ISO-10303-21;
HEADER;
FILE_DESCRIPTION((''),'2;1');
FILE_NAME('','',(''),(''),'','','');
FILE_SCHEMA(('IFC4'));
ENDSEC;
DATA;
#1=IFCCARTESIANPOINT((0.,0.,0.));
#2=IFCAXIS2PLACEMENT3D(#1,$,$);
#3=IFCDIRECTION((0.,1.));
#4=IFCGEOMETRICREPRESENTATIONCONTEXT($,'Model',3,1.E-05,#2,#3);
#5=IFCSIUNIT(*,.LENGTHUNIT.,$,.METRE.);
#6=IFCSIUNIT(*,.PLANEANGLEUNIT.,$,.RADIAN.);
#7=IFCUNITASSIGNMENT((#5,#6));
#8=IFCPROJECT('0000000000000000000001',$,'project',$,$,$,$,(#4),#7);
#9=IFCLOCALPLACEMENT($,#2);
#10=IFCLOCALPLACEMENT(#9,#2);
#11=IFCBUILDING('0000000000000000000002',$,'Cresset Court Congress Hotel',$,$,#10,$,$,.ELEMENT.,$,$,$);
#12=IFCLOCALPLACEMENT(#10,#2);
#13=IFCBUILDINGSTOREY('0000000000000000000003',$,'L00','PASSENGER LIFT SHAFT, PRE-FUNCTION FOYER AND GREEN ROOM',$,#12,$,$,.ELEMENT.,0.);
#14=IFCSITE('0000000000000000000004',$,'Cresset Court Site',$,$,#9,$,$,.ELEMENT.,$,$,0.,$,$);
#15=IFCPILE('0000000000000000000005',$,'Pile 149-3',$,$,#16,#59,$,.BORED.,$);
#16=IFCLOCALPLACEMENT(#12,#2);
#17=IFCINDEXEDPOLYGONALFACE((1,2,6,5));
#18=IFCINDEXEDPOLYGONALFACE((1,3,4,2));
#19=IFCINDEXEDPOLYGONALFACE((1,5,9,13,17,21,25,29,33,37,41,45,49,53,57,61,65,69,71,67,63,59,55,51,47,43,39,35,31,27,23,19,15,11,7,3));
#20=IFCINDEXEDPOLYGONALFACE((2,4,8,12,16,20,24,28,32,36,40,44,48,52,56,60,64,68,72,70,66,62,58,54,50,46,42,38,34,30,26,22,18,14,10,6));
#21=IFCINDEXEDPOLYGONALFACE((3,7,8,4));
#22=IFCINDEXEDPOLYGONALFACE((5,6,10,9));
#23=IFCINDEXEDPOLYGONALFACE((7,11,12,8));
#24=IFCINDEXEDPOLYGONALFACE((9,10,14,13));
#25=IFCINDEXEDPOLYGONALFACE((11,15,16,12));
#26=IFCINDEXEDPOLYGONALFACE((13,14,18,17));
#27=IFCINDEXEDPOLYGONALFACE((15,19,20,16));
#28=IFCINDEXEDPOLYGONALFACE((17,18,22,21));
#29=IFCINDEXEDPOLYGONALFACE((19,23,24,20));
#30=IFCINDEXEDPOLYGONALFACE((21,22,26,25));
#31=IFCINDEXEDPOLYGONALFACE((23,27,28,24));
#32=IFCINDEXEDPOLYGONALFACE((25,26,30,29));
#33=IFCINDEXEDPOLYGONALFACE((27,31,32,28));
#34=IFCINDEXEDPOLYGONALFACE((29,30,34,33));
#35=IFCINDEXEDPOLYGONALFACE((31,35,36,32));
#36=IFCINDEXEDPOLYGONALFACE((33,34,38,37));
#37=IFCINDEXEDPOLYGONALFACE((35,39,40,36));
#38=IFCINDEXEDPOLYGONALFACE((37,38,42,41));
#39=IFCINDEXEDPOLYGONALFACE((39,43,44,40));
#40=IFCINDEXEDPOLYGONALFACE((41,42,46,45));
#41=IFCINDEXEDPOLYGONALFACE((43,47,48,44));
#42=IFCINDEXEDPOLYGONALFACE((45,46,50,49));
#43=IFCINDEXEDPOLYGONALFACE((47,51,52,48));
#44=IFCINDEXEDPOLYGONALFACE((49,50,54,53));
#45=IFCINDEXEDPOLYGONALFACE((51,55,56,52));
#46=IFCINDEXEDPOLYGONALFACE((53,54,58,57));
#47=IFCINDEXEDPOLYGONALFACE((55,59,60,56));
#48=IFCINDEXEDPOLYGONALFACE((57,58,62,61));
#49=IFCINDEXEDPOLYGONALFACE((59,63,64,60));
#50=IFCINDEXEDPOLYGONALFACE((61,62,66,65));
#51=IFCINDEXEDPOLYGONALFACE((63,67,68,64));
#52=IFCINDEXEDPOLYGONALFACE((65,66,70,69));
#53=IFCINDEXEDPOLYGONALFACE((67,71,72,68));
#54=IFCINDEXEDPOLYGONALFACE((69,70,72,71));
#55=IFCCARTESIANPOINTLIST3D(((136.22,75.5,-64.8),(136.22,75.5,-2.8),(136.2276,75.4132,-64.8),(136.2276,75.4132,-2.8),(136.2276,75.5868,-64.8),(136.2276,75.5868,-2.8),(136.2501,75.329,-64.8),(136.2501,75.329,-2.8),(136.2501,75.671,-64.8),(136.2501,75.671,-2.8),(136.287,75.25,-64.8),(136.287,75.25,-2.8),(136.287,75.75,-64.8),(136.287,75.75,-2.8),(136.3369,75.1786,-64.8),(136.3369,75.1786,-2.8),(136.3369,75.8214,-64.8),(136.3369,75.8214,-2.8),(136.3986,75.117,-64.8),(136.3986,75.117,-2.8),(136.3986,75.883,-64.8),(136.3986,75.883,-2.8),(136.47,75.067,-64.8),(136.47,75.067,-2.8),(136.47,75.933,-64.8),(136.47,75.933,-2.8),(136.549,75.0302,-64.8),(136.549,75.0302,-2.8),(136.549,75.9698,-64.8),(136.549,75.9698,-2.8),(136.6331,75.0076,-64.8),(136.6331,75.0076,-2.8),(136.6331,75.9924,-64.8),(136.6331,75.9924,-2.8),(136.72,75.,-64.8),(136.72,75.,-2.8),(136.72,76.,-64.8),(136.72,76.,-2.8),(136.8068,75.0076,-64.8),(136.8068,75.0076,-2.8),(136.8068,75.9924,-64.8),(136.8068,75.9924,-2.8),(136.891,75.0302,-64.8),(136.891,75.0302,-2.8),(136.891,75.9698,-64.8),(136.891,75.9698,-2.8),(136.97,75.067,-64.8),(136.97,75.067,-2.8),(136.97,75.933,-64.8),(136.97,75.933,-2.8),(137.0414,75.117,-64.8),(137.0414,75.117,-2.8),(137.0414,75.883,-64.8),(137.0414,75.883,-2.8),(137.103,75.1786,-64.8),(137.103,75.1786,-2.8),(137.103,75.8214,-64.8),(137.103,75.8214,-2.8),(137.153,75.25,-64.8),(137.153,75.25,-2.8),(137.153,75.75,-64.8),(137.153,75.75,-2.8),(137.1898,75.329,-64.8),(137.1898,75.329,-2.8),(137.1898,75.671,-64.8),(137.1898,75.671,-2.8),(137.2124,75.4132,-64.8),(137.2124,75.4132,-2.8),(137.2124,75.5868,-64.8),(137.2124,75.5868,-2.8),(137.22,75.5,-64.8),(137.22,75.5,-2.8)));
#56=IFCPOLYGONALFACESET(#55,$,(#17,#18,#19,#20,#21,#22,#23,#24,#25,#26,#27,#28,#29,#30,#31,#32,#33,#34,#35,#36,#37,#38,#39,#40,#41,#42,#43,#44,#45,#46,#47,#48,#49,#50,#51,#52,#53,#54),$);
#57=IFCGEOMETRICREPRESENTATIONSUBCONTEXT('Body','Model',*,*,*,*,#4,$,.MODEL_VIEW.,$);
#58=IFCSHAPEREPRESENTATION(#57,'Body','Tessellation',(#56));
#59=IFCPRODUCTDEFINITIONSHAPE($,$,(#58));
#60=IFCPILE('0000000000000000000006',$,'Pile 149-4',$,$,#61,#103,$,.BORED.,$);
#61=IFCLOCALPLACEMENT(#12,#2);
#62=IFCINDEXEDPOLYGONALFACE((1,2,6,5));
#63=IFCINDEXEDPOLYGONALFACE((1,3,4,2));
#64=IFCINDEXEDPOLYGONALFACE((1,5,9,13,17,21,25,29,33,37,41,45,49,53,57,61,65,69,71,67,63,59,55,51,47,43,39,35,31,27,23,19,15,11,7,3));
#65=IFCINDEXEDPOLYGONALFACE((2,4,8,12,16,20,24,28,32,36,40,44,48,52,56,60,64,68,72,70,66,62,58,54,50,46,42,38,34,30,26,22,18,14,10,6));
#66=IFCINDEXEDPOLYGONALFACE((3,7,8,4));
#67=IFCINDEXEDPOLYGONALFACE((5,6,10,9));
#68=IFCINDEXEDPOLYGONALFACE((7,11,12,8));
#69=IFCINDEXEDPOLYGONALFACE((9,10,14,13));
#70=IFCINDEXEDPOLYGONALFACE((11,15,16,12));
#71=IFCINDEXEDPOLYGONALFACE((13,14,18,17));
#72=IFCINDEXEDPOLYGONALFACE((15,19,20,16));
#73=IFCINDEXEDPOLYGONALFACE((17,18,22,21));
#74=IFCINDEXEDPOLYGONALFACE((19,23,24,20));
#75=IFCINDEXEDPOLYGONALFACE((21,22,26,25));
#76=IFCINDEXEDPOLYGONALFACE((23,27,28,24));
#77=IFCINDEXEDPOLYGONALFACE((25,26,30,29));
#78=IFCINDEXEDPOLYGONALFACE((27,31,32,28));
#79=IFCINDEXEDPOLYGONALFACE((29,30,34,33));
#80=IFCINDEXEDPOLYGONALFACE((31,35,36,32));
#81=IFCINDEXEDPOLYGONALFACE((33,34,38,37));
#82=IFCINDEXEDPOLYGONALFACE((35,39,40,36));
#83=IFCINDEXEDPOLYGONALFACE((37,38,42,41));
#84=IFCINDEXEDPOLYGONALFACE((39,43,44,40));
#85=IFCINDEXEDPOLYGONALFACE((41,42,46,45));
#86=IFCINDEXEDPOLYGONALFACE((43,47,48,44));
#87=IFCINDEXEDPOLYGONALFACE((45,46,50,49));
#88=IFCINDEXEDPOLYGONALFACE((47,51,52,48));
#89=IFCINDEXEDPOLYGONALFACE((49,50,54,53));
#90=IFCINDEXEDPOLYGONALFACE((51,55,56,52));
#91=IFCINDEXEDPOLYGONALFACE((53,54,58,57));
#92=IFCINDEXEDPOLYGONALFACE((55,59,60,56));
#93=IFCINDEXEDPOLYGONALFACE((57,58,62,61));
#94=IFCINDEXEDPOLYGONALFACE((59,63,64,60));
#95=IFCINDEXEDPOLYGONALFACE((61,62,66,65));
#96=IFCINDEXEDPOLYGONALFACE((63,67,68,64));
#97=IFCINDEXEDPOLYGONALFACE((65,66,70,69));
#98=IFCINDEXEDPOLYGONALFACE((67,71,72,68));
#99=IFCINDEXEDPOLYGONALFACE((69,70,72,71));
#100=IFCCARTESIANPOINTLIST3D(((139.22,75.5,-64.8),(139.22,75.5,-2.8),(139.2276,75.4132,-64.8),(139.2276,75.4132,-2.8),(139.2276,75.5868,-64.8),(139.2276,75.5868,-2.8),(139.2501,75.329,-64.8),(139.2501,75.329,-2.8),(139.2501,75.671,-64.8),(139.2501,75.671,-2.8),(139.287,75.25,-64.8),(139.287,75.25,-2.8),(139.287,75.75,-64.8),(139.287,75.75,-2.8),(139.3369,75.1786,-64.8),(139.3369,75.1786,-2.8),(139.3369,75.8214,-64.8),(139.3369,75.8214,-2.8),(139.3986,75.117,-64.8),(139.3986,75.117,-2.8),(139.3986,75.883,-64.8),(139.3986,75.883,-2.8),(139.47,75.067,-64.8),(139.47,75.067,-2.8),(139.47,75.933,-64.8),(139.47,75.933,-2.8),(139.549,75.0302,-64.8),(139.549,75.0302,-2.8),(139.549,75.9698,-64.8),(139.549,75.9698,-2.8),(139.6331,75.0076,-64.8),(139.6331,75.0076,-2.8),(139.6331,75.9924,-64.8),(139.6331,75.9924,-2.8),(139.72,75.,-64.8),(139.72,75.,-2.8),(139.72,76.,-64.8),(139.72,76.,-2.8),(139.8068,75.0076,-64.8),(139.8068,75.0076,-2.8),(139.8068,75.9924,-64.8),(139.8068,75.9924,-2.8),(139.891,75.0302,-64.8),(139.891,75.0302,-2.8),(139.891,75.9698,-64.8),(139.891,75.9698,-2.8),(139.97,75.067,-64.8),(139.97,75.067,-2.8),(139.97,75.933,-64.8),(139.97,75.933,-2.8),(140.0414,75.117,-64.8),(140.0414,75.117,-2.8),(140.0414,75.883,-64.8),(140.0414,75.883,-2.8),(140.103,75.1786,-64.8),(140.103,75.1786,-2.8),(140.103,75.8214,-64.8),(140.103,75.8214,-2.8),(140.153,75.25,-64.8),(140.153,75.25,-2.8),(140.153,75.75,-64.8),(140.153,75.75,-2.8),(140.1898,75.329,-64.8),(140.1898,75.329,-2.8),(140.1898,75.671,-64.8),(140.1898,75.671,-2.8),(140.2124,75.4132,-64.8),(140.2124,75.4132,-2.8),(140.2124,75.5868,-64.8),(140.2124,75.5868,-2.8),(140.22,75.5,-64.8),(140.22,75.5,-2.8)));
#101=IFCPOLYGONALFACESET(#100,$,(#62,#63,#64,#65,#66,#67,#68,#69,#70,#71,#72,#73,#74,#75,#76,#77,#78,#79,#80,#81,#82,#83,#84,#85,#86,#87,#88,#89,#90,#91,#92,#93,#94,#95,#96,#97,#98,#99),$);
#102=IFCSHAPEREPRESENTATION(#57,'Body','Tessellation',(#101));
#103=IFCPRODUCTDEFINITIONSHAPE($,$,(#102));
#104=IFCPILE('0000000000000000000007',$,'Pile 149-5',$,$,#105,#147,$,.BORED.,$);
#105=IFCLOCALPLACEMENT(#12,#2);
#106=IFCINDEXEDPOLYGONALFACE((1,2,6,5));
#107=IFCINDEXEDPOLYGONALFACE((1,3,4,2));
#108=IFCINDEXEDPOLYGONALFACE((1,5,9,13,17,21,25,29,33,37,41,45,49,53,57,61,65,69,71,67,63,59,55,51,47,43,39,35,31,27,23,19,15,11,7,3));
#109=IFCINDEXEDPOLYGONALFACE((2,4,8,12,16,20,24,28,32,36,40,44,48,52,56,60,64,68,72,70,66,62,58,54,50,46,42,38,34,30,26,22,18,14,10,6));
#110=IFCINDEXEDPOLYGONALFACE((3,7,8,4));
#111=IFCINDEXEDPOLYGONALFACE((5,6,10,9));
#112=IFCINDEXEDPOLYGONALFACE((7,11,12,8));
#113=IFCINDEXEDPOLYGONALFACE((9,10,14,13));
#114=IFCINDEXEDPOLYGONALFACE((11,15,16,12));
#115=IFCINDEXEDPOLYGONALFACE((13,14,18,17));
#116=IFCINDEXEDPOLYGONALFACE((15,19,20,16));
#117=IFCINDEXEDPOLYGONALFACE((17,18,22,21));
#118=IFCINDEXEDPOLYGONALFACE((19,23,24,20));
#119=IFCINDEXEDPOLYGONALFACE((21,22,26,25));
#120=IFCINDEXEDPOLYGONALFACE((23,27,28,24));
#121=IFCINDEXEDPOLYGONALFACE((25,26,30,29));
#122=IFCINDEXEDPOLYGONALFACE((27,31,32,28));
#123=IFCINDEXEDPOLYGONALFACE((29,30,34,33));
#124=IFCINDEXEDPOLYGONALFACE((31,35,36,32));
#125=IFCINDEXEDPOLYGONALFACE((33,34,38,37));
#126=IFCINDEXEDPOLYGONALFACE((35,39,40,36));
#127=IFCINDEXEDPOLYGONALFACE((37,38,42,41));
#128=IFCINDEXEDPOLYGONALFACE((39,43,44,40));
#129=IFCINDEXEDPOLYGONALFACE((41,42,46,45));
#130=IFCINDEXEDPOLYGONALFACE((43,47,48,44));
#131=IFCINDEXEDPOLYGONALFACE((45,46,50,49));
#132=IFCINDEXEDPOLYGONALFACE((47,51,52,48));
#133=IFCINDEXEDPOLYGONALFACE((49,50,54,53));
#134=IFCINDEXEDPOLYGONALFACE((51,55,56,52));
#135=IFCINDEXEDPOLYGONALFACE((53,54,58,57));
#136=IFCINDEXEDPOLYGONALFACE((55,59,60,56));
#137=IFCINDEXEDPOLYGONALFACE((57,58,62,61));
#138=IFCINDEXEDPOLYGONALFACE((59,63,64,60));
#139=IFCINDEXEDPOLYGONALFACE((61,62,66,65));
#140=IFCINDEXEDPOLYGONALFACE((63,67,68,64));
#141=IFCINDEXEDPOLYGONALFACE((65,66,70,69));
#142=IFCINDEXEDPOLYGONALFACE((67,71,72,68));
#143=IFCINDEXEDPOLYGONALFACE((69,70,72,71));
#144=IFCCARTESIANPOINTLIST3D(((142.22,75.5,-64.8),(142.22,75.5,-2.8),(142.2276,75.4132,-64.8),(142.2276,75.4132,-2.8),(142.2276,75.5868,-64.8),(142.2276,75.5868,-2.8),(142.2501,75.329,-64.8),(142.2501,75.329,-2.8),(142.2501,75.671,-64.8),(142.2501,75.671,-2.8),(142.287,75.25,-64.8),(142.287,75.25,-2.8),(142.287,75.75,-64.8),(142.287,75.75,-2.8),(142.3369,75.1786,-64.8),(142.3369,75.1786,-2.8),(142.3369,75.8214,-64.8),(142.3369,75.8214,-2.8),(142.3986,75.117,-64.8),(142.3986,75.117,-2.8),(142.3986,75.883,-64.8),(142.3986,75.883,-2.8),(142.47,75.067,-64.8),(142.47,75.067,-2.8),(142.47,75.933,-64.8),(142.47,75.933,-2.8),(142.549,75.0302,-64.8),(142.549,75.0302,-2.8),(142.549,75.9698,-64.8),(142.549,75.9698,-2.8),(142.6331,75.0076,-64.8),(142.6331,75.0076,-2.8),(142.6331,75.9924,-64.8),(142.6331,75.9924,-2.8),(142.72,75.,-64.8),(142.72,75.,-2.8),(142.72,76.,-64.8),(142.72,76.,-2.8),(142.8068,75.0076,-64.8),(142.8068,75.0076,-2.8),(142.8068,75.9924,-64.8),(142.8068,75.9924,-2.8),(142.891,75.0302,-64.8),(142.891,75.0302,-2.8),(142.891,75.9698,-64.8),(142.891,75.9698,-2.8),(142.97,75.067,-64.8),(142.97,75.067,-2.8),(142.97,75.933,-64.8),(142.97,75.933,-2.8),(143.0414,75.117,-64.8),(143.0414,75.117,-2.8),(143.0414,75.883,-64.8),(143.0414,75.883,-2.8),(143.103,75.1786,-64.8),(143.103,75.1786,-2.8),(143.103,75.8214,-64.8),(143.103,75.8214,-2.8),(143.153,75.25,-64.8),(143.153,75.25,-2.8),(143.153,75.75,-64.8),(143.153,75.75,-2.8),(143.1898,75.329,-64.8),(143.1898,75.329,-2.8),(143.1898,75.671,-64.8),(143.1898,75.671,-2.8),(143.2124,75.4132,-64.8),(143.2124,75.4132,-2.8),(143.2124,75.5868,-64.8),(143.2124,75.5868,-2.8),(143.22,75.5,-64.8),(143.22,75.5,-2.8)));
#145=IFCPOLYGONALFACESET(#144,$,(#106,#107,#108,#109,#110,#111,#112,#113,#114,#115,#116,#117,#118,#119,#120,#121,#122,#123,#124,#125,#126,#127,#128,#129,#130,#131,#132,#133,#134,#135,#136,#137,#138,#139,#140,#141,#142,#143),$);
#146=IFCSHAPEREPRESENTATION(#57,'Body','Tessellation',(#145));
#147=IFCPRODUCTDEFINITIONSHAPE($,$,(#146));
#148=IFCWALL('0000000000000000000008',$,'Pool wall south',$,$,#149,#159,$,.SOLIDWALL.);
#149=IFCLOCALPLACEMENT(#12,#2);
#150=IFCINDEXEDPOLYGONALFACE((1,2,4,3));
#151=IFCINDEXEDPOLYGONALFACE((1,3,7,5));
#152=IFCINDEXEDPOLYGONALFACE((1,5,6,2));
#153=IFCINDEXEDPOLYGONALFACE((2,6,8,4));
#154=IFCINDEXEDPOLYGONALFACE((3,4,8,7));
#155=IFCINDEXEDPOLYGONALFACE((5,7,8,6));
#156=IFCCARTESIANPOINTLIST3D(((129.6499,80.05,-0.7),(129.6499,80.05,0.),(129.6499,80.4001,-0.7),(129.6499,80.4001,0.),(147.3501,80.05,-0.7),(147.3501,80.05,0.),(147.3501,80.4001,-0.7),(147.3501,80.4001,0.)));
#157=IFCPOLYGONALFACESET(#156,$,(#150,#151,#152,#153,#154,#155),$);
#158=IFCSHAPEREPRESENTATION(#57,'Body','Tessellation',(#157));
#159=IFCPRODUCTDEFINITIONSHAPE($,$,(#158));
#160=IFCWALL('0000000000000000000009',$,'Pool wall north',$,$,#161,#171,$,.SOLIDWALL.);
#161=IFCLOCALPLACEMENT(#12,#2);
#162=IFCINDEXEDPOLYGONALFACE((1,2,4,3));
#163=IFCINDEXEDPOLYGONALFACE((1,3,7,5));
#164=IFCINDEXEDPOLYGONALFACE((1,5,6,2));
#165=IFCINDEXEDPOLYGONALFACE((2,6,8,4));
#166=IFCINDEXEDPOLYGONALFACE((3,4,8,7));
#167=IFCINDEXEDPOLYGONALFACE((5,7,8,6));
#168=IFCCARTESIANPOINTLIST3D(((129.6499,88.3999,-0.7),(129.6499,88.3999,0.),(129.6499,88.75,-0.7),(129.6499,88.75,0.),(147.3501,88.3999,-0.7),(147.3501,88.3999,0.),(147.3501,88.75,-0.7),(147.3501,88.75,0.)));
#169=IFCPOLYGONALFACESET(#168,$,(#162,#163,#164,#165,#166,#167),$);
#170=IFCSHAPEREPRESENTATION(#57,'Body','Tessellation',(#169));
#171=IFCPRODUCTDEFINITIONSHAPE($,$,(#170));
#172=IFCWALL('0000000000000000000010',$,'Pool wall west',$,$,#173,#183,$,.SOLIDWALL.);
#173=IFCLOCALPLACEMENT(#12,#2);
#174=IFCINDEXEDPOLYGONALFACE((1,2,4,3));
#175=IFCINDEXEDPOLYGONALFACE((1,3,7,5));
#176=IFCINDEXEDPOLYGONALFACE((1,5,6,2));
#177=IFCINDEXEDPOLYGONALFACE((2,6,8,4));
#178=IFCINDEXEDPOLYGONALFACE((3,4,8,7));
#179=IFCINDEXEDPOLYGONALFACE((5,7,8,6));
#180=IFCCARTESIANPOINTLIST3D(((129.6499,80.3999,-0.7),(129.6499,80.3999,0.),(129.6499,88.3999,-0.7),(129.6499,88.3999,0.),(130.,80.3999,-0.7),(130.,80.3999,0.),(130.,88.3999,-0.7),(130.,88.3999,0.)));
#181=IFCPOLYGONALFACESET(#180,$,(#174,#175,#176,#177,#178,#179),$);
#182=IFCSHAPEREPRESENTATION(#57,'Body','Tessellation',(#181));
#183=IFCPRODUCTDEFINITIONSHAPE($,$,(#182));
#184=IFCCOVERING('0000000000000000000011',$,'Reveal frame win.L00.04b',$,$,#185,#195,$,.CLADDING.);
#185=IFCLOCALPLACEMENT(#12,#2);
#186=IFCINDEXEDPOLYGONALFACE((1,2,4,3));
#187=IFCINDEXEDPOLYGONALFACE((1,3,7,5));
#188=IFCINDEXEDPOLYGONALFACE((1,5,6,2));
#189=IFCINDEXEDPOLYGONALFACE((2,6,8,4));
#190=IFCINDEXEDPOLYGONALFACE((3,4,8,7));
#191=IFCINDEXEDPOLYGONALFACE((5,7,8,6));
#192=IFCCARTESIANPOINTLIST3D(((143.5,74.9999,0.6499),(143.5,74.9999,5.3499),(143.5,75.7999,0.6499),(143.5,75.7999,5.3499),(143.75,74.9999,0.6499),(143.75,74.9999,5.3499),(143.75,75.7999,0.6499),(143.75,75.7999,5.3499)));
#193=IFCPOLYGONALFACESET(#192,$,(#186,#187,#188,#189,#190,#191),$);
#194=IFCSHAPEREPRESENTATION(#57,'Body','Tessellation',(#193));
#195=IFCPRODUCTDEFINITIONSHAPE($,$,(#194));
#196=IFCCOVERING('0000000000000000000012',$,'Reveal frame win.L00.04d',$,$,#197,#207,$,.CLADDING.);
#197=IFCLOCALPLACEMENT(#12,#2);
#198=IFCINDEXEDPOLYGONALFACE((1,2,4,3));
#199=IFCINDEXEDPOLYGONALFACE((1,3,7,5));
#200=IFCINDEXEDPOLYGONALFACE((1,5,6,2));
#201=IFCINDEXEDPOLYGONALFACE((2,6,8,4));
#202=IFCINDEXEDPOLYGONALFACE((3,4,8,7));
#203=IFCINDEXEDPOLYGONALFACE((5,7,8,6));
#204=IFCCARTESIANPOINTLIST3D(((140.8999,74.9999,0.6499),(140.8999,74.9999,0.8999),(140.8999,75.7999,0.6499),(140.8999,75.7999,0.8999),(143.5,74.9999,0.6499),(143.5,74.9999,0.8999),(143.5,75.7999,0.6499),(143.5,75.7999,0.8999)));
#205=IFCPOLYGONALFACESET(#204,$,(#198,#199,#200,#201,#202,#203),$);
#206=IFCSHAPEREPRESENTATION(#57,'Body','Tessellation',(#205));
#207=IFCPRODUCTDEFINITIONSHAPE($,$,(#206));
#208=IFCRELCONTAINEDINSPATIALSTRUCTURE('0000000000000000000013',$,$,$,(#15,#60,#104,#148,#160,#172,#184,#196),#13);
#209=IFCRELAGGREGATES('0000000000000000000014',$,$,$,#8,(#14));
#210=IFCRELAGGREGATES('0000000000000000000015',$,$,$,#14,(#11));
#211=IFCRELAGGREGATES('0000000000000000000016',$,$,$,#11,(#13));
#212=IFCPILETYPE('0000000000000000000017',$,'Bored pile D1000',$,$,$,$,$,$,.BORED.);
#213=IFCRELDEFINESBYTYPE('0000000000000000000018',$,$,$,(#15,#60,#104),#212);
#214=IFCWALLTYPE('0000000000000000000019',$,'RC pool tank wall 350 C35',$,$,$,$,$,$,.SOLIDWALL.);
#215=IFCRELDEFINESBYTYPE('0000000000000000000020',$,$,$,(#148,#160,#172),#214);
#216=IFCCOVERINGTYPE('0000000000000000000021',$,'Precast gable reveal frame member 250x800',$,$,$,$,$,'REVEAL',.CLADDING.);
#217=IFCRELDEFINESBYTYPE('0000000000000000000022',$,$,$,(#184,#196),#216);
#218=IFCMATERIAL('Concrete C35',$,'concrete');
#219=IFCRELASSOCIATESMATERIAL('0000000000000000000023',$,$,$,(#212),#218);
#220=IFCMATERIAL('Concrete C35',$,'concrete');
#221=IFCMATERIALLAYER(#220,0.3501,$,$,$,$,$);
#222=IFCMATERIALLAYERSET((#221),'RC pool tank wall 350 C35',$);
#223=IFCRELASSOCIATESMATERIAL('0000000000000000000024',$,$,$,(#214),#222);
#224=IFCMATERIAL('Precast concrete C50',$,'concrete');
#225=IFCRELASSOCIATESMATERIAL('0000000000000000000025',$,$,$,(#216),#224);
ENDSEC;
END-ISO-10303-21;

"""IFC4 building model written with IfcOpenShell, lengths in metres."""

from ifc_helpers import new_model, si_unit, direction, frame, frame_2d, origin, origin_2d, place, context, subcontext, project, spatial, rectangle, circle, extrude, material, layer, layer_set, type_object, element, save


model = new_model("IFC4")

# Units and contexts
model_context = context("Model", 3, precision=1e-05, world=origin(), true_north=direction((0.0, 1.0)))
body_context = subcontext(model_context, "Body", "Model", "MODEL_VIEW")
ifc_project = project(units=[si_unit("LENGTHUNIT", "METRE"), si_unit("PLANEANGLEUNIT", "RADIAN")], contexts=[model_context])

# Site, building, storey
site_placement = place(None, origin())
site = spatial("IfcSite", under=ifc_project, at=site_placement, Name="Cresset Court Site", CompositionType="ELEMENT", RefElevation=0.0)
building_placement = place(site_placement, origin())
building = spatial("IfcBuilding", under=site, at=building_placement, Name="Cresset Court Congress Hotel", CompositionType="ELEMENT")
storey_placement = place(building_placement, origin())
storey = spatial("IfcBuildingStorey", under=building, at=storey_placement, Name="L00", Description="PASSENGER LIFT SHAFT, PRE-FUNCTION FOYER AND GREEN ROOM", CompositionType="ELEMENT", Elevation=0.0)

# Piles
ifc_material_1 = material(Name="Concrete C35", Category="concrete")
pile_type = type_object("IfcPileType", Name="Bored pile D1000", PredefinedType="BORED", material=ifc_material_1)
for number, where, z_axis, x_axis, name in (
    (1, (136.72, 75.5, -2.8), (0.0, 0.0, -1.0), (1.0, 0.0, 0.0), "Pile 149-3"),
    (2, (139.72, 75.5, -2.8), (0.0, 0.0, -1.0), (1.0, 0.0, 0.0), "Pile 149-4"),
    (3, (142.72, 75.5, -2.8), (0.0, 0.0, -1.0), (1.0, 0.0, 0.0), "Pile 149-5"),
):
    element("IfcPile", number, at=place(storey_placement, frame(where, z_axis=z_axis, x_axis=x_axis)), inside=storey, type_object=pile_type, Name=name, PredefinedType="BORED", context=body_context, shape_type="SweptSolid", body=[
        extrude(circle(Radius=0.5, at=origin_2d()), origin(), (0.0, 0.0, 1.0), 62.0),
    ])

# Walls
ifc_material_2 = material(Name="Concrete C35", Category="concrete")
ifc_layer = layer(ifc_material_2, 0.3501)
ifc_layer_set = layer_set([ifc_layer], Name="RC pool tank wall 350 C35")
wall_type = type_object("IfcWallType", Name="RC pool tank wall 350 C35", PredefinedType="SOLIDWALL", material=ifc_layer_set)
for number, where, z_axis, x_axis, name in (
    (4, (129.6499, 80.2251, -0.7), (0.0, 0.0, 1.0), (1.0, 0.0, 0.0), "Pool wall south"),
    (5, (129.6499, 88.575, -0.7), (0.0, 0.0, 1.0), (1.0, 0.0, 0.0), "Pool wall north"),
):
    element("IfcWall", number, at=place(storey_placement, frame(where, z_axis=z_axis, x_axis=x_axis)), inside=storey, type_object=wall_type, Name=name, PredefinedType="SOLIDWALL", context=body_context, shape_type="SweptSolid", body=[
        extrude(rectangle(XDim=17.7002, YDim=0.3501, at=frame_2d((8.8501, 0.0))), origin(), (0.0, 0.0, 1.0), 0.7),
    ])
wall_placement = place(storey_placement, frame((129.825, 80.3999, -0.7), z_axis=(0.0, 0.0, 1.0), x_axis=(0.0, 1.0, 0.0)))
element("IfcWall", 6, at=wall_placement, inside=storey, type_object=wall_type, Name="Pool wall west", PredefinedType="SOLIDWALL", context=body_context, shape_type="SweptSolid", body=[
    extrude(rectangle(XDim=8.0, YDim=0.3501, at=frame_2d((4.0, 0.0))), origin(), (0.0, 0.0, 1.0), 0.7),
])

# Coverings
ifc_material_3 = material(Name="Precast concrete C50", Category="concrete")
covering_type = type_object("IfcCoveringType", Name="Precast gable reveal frame member 250x800", ElementType="REVEAL", PredefinedType="CLADDING", material=ifc_material_3)
covering_1_placement = place(storey_placement, frame((143.625, 75.3999, 0.6499), z_axis=(0.0, 0.0, 1.0), x_axis=(1.0, 0.0, 0.0)))
element("IfcCovering", 7, at=covering_1_placement, inside=storey, type_object=covering_type, Name="Reveal frame win.L00.04b", PredefinedType="CLADDING", context=body_context, shape_type="SweptSolid", body=[
    extrude(rectangle(XDim=0.25, YDim=0.8, at=origin_2d()), origin(), (0.0, 0.0, 1.0), 4.7),
])
covering_2_placement = place(storey_placement, frame((142.2, 75.3999, 0.6499), z_axis=(0.0, 0.0, 1.0), x_axis=(1.0, 0.0, 0.0)))
element("IfcCovering", 8, at=covering_2_placement, inside=storey, type_object=covering_type, Name="Reveal frame win.L00.04d", PredefinedType="CLADDING", context=body_context, shape_type="SweptSolid", body=[
    extrude(rectangle(XDim=2.6001, YDim=0.8, at=origin_2d()), origin(), (0.0, 0.0, 1.0), 0.25),
])

save(model, "model.ifc")
